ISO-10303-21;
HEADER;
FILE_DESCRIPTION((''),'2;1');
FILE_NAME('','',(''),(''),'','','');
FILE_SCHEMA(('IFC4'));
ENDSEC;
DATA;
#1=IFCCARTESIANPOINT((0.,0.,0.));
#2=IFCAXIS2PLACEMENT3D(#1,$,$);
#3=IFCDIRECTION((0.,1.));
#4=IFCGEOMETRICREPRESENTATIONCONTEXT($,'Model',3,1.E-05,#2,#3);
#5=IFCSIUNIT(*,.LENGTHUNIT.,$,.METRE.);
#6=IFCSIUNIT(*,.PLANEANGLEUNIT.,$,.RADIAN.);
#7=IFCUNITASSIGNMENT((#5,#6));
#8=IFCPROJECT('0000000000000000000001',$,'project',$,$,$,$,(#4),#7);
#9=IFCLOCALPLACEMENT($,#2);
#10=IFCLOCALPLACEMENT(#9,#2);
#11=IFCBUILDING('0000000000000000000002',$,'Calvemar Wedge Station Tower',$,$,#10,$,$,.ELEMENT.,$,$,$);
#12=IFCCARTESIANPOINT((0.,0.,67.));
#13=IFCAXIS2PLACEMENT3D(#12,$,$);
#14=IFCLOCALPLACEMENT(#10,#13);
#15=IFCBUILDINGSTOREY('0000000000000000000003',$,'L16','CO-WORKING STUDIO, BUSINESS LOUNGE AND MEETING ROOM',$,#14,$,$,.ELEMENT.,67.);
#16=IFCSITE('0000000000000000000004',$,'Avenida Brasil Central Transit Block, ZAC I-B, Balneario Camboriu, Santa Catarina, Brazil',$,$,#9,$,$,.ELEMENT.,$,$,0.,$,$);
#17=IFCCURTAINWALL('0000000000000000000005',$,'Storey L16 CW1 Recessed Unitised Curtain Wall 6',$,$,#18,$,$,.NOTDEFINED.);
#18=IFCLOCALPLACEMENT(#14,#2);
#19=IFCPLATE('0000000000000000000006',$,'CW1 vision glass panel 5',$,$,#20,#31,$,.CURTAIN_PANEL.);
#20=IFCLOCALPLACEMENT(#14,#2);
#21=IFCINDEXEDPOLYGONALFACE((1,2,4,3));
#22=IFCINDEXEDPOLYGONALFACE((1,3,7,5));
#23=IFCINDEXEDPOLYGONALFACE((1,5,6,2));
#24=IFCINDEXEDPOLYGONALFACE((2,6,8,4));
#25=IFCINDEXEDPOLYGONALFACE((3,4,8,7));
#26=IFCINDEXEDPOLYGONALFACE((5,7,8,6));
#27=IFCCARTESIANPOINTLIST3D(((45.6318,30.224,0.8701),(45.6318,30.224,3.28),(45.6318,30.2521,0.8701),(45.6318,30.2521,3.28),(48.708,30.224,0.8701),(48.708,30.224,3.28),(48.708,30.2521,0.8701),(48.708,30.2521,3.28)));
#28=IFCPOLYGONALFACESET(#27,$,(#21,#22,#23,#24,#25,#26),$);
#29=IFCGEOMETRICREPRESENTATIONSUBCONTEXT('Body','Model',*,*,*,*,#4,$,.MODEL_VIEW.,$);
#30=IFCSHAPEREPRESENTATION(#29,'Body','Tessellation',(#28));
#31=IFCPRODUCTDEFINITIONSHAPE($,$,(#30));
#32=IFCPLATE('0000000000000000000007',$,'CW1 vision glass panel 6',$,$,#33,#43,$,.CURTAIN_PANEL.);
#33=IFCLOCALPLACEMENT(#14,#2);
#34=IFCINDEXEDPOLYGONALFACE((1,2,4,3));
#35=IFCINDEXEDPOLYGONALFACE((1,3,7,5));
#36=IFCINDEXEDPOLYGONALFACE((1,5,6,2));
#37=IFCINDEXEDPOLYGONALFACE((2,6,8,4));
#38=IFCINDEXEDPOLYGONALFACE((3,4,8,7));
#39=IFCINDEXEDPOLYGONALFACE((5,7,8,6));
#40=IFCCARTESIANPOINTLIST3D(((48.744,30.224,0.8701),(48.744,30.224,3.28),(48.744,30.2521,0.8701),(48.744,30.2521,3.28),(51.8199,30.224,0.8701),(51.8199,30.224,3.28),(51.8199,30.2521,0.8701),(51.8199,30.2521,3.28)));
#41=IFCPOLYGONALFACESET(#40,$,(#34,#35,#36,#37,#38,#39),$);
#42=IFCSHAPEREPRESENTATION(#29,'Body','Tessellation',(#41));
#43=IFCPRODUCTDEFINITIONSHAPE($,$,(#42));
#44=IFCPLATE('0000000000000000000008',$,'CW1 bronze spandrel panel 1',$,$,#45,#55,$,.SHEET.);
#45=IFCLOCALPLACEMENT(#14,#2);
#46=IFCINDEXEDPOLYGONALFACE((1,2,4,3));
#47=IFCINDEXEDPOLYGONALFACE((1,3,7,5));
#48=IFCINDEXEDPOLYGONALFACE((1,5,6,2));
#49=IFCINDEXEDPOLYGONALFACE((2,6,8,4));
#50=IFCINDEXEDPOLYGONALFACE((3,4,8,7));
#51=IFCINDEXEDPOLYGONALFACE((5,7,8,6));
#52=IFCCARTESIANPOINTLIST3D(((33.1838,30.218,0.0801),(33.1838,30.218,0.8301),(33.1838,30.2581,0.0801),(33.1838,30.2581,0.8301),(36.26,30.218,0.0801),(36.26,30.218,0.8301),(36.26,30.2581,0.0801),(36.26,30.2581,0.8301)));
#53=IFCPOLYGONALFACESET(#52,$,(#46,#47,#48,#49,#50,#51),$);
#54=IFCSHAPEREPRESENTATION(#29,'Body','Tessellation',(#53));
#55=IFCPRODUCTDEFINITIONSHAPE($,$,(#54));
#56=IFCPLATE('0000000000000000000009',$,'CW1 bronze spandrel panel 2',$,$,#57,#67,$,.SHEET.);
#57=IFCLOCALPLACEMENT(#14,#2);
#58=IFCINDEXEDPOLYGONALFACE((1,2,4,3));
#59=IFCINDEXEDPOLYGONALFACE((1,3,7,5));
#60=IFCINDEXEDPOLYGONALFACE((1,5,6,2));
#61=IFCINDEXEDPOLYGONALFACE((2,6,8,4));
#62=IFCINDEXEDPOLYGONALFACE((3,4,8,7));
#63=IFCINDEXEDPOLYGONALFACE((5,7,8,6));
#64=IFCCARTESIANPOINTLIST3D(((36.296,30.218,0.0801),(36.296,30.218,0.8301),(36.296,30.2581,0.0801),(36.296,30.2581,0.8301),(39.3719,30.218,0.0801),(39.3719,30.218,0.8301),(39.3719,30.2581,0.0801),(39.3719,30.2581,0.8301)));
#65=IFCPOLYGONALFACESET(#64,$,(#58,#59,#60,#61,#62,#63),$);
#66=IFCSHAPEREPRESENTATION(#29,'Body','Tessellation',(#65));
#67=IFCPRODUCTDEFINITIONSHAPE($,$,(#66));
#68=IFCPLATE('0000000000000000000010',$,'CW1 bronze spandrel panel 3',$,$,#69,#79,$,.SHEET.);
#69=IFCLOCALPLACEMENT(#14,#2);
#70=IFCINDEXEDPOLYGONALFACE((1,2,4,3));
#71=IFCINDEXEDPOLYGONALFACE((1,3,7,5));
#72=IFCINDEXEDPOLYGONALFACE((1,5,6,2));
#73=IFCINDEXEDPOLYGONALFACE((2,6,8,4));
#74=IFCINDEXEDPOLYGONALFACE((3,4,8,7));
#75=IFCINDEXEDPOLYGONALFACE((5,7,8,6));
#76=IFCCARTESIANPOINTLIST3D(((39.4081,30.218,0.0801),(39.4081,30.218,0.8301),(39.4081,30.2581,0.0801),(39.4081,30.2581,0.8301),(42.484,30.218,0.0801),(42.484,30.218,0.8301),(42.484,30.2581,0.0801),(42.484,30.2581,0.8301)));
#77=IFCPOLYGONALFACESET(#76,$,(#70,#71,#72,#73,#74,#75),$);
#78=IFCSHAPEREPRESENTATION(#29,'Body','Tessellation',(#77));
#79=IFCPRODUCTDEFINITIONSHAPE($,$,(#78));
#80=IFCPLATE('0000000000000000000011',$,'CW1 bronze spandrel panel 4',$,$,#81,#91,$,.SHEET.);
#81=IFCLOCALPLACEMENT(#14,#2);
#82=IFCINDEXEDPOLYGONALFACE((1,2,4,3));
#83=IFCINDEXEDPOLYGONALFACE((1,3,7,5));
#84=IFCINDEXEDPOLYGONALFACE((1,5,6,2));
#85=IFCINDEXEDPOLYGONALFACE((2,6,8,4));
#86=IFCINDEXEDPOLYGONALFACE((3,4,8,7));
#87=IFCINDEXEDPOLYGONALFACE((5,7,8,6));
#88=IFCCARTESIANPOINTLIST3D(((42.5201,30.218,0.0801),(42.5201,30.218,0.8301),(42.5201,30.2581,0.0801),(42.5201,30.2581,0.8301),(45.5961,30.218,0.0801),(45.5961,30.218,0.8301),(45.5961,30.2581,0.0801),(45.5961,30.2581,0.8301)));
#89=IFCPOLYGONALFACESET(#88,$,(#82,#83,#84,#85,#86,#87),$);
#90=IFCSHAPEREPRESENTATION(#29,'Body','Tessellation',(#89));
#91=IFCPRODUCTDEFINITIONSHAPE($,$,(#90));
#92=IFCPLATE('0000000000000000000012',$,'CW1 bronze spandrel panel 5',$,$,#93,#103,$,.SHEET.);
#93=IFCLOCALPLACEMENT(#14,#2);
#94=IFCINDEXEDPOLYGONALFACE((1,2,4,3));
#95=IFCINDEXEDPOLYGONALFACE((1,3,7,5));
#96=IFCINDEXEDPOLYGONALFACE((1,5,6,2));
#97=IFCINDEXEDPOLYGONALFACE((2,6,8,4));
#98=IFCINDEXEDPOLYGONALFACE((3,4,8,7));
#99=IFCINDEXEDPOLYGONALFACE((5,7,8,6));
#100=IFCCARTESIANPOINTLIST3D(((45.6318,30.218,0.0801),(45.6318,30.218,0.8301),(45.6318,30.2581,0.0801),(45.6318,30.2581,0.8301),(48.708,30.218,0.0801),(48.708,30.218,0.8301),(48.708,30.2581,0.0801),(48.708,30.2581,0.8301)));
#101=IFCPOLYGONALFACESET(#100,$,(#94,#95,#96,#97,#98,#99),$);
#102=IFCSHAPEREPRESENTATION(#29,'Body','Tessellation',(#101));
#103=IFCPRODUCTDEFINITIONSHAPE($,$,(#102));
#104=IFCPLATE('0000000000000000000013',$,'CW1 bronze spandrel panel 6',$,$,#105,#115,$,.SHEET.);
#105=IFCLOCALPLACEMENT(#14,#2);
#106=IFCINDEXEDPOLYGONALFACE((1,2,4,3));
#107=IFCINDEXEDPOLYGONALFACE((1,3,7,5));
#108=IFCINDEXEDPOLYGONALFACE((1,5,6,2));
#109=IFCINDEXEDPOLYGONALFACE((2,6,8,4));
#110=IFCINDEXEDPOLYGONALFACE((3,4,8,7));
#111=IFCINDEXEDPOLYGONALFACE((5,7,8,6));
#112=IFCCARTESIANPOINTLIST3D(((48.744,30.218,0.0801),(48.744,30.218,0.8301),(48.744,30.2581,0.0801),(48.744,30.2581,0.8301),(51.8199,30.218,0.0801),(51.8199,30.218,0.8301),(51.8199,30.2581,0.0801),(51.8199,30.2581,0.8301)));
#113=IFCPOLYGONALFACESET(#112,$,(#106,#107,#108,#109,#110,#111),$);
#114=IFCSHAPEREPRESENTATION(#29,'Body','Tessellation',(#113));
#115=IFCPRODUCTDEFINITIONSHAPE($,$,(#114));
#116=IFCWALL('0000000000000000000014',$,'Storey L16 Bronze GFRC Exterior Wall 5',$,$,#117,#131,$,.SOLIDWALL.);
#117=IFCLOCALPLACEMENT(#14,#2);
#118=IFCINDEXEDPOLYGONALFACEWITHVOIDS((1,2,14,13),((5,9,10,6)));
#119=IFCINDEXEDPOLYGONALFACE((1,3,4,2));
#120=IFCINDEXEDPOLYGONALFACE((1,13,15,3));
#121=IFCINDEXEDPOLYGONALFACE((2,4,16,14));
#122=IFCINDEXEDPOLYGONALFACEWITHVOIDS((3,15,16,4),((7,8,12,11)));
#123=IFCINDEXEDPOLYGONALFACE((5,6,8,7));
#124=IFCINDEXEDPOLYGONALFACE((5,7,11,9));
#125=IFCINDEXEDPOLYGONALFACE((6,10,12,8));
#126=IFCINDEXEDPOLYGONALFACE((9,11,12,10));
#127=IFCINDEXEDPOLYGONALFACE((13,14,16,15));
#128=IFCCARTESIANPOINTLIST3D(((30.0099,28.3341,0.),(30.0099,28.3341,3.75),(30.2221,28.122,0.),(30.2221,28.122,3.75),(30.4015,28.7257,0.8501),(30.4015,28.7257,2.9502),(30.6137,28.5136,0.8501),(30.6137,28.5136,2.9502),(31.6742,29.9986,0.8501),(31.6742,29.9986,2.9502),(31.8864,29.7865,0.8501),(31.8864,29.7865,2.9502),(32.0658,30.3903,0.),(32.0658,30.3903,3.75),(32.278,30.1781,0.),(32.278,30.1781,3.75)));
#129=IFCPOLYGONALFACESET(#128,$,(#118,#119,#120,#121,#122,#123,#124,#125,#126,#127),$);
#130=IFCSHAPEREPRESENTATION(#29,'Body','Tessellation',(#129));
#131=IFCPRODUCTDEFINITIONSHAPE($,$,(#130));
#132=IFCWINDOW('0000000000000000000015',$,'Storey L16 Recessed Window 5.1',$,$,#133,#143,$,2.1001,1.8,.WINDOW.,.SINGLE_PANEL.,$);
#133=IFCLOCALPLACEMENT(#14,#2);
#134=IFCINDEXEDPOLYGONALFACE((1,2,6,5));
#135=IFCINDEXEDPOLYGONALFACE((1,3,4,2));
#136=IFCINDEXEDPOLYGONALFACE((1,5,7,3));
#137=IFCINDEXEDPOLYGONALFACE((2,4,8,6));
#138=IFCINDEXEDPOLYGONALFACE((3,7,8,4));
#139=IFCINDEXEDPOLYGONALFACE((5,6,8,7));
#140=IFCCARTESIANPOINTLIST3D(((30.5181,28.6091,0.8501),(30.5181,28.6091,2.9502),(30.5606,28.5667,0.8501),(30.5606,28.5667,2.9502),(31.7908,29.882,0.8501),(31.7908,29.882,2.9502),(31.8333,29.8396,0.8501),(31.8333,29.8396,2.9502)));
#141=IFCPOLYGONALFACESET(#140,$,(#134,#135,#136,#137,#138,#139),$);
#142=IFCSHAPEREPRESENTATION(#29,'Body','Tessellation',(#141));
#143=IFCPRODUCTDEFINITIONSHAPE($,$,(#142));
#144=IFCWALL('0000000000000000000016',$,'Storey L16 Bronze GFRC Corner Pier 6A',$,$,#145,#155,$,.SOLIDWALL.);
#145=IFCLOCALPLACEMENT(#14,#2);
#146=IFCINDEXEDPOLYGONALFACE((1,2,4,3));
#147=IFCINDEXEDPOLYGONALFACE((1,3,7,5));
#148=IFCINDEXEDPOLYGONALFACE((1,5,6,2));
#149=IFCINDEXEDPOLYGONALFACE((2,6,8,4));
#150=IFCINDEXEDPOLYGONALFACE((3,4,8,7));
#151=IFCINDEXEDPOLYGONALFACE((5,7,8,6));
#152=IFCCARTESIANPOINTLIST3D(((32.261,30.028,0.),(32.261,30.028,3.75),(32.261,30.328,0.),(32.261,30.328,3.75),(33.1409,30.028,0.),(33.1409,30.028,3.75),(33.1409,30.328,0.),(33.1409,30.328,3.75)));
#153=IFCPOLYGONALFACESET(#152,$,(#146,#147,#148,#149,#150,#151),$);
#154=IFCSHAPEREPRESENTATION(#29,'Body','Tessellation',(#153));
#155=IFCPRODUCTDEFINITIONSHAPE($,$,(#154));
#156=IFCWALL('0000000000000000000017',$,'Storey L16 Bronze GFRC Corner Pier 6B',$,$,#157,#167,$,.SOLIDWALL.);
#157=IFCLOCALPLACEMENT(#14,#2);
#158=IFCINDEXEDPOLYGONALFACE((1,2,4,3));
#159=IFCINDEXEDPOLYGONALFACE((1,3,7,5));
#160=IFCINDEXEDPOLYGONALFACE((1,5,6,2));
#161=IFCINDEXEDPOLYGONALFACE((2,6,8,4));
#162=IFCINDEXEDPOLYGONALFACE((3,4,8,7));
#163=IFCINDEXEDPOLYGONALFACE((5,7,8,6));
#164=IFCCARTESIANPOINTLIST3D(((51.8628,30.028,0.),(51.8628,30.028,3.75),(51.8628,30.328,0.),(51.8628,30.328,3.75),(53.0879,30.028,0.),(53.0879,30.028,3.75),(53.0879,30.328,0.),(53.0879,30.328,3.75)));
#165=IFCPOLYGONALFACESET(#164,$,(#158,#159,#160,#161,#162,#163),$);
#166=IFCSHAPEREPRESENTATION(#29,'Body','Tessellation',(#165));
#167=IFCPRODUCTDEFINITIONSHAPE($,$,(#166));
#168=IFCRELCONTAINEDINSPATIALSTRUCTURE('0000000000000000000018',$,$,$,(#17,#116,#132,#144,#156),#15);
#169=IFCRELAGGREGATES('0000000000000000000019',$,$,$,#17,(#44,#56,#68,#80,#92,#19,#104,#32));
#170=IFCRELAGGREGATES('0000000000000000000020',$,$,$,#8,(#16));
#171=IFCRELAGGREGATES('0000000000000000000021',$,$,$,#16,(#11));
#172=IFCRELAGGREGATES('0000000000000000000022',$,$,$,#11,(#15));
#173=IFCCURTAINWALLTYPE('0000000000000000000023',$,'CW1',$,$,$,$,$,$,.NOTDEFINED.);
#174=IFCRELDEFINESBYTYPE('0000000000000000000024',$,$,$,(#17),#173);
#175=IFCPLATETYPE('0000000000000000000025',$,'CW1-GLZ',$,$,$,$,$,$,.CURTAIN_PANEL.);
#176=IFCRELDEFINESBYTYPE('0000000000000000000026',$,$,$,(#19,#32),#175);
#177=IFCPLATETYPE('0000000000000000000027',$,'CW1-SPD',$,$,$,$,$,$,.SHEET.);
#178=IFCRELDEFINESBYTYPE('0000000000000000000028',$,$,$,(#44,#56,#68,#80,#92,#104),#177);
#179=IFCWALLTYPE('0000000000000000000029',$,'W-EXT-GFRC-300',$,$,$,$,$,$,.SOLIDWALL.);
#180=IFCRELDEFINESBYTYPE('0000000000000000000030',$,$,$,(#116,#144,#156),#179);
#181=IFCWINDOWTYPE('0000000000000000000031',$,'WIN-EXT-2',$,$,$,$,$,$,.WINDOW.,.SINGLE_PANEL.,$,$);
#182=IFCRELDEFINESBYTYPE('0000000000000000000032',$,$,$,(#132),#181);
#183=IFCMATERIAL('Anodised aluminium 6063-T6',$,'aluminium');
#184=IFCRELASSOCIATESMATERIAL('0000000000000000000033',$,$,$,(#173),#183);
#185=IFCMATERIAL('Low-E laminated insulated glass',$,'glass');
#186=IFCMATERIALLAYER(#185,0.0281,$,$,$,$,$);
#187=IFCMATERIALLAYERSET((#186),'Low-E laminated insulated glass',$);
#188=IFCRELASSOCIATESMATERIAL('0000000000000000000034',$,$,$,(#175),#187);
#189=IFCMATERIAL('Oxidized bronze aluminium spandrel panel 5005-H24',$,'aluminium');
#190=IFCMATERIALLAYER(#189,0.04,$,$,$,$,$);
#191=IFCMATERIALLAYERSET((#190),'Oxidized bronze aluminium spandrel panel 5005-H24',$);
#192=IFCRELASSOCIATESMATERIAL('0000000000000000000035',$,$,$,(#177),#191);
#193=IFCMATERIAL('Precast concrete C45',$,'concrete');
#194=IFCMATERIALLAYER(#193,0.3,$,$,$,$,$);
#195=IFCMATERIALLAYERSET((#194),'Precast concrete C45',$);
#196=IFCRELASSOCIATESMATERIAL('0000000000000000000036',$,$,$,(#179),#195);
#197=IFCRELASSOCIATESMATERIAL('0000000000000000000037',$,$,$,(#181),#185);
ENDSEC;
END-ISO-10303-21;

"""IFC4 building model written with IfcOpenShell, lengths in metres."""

from ifc_helpers import new_model, si_unit, direction, frame, frame_2d, origin, place, context, subcontext, project, spatial, rectangle, extrude, source, transform, mapped, material, layer, layer_set, type_object, element, fill, aggregate, save


model = new_model("IFC4")

# Units and contexts
model_context = context("Model", 3, precision=1e-05, world=origin(), true_north=direction((0.0, 1.0)))
body_context = subcontext(model_context, "Body", "Model", "MODEL_VIEW")
ifc_project = project(units=[si_unit("LENGTHUNIT", "METRE"), si_unit("PLANEANGLEUNIT", "RADIAN")], contexts=[model_context])

# Site, building, storey
site_placement = place(None, origin())
site = spatial("IfcSite", under=ifc_project, at=site_placement, Name="Avenida Brasil Central Transit Block, ZAC I-B, Balneario Camboriu, Santa Catarina, Brazil", CompositionType="ELEMENT", RefElevation=0.0)
building_placement = place(site_placement, origin())
building = spatial("IfcBuilding", under=site, at=building_placement, Name="Calvemar Wedge Station Tower", CompositionType="ELEMENT")
storey_placement = place(building_placement, frame((0.0, 0.0, 67.0)))
storey = spatial("IfcBuildingStorey", under=building, at=storey_placement, Name="L16", Description="CO-WORKING STUDIO, BUSINESS LOUNGE AND MEETING ROOM", CompositionType="ELEMENT", Elevation=67.0)

# Curtain wall, plates
ifc_material_1 = material(Name="Anodised aluminium 6063-T6", Category="aluminium")
curtain_wall_type = type_object("IfcCurtainWallType", Name="CW1", PredefinedType="NOTDEFINED", material=ifc_material_1)
curtain_wall_placement = place(storey_placement, origin())
curtain_wall = element("IfcCurtainWall", 1, at=curtain_wall_placement, inside=storey, type_object=curtain_wall_type, Name="Storey L16 CW1 Recessed Unitised Curtain Wall 6", PredefinedType="NOTDEFINED")
ifc_material_2 = material(Name="Low-E laminated insulated glass", Category="glass")
ifc_layer_1 = layer(ifc_material_2, 0.0281)
ifc_layer_set_1 = layer_set([ifc_layer_1], Name="Low-E laminated insulated glass")
plate_type_1 = type_object("IfcPlateType", Name="CW1-GLZ", PredefinedType="CURTAIN_PANEL", material=ifc_layer_set_1)
plate_1_placement = place(storey_placement, frame((45.6318, 30.238, 0.8701), z_axis=(0.0, 0.0, 1.0), x_axis=(1.0, 0.0, 0.0)))
plate_1 = element("IfcPlate", 2, at=plate_1_placement, type_object=plate_type_1, Name="CW1 vision glass panel 5", PredefinedType="CURTAIN_PANEL", context=body_context, shape_type="SweptSolid", body=[
    extrude(rectangle(XDim=3.0762, YDim=0.0281, at=frame_2d((1.5381, 0.0))), origin(), (0.0, 0.0, 1.0), 2.4099),
])
plate_2_placement = place(storey_placement, frame((48.7439, 30.238, 0.8701), z_axis=(0.0, 0.0, 1.0), x_axis=(1.0, 0.0, 0.0)))
plate_2 = element("IfcPlate", 3, at=plate_2_placement, type_object=plate_type_1, Name="CW1 vision glass panel 6", PredefinedType="CURTAIN_PANEL", context=body_context, shape_type="SweptSolid", body=[
    extrude(rectangle(XDim=3.0759, YDim=0.0281, at=frame_2d((1.5381, 0.0))), origin(), (0.0, 0.0, 1.0), 2.4099),
])
ifc_material_3 = material(Name="Oxidized bronze aluminium spandrel panel 5005-H24", Category="aluminium")
ifc_layer_2 = layer(ifc_material_3, 0.04)
ifc_layer_set_2 = layer_set([ifc_layer_2], Name="Oxidized bronze aluminium spandrel panel 5005-H24")
plate_type_2 = type_object("IfcPlateType", Name="CW1-SPD", PredefinedType="SHEET", material=ifc_layer_set_2)
plate_3_placement = place(storey_placement, frame((33.1838, 30.238, 0.0801), z_axis=(0.0, 0.0, 1.0), x_axis=(1.0, 0.0, 0.0)))
plate_3 = element("IfcPlate", 4, at=plate_3_placement, type_object=plate_type_2, Name="CW1 bronze spandrel panel 1", PredefinedType="SHEET", context=body_context, shape_type="SweptSolid", body=[
    extrude(rectangle(XDim=3.0762, YDim=0.04, at=frame_2d((1.5381, 0.0))), origin(), (0.0, 0.0, 1.0), 0.75),
])
plate_4_placement = place(storey_placement, frame((36.2959, 30.238, 0.0801), z_axis=(0.0, 0.0, 1.0), x_axis=(1.0, 0.0, 0.0)))
plate_4 = element("IfcPlate", 5, at=plate_4_placement, type_object=plate_type_2, Name="CW1 bronze spandrel panel 2", PredefinedType="SHEET", context=body_context, shape_type="SweptSolid", body=[
    extrude(rectangle(XDim=3.0759, YDim=0.04, at=frame_2d((1.5381, 0.0))), origin(), (0.0, 0.0, 1.0), 0.75),
])
plate_5_placement = place(storey_placement, frame((39.408, 30.238, 0.0801), z_axis=(0.0, 0.0, 1.0), x_axis=(1.0, 0.0, 0.0)))
plate_5 = element("IfcPlate", 6, at=plate_5_placement, type_object=plate_type_2, Name="CW1 bronze spandrel panel 3", PredefinedType="SHEET", context=body_context, shape_type="SweptSolid", body=[
    extrude(rectangle(XDim=3.0759, YDim=0.04, at=frame_2d((1.5381, 0.0))), origin(), (0.0, 0.0, 1.0), 0.75),
])
plate_6_placement = place(storey_placement, frame((42.52, 30.238, 0.0801), z_axis=(0.0, 0.0, 1.0), x_axis=(1.0, 0.0, 0.0)))
plate_6 = element("IfcPlate", 7, at=plate_6_placement, type_object=plate_type_2, Name="CW1 bronze spandrel panel 4", PredefinedType="SHEET", context=body_context, shape_type="SweptSolid", body=[
    extrude(rectangle(XDim=3.0759, YDim=0.04, at=frame_2d((1.5381, 0.0))), origin(), (0.0, 0.0, 1.0), 0.75),
])
plate_7_placement = place(storey_placement, frame((45.6318, 30.238, 0.0801), z_axis=(0.0, 0.0, 1.0), x_axis=(1.0, 0.0, 0.0)))
plate_7 = element("IfcPlate", 8, at=plate_7_placement, type_object=plate_type_2, Name="CW1 bronze spandrel panel 5", PredefinedType="SHEET", context=body_context, shape_type="SweptSolid", body=[
    extrude(rectangle(XDim=3.0762, YDim=0.04, at=frame_2d((1.5381, 0.0))), origin(), (0.0, 0.0, 1.0), 0.75),
])
plate_8_placement = place(storey_placement, frame((48.7439, 30.238, 0.0801), z_axis=(0.0, 0.0, 1.0), x_axis=(1.0, 0.0, 0.0)))
plate_8 = element("IfcPlate", 9, at=plate_8_placement, type_object=plate_type_2, Name="CW1 bronze spandrel panel 6", PredefinedType="SHEET", context=body_context, shape_type="SweptSolid", body=[
    extrude(rectangle(XDim=3.0759, YDim=0.04, at=frame_2d((1.5381, 0.0))), origin(), (0.0, 0.0, 1.0), 0.75),
])
aggregate(curtain_wall, [plate_3, plate_4, plate_5, plate_6, plate_7, plate_1, plate_8, plate_2])

# Wall, opening, window
ifc_material_4 = material(Name="Precast concrete C45", Category="concrete")
ifc_layer_3 = layer(ifc_material_4, 0.3)
ifc_layer_set_3 = layer_set([ifc_layer_3], Name="Precast concrete C45")
wall_type = type_object("IfcWallType", Name="W-EXT-GFRC-300", PredefinedType="SOLIDWALL", material=ifc_layer_set_3)
wall_1_placement = place(storey_placement, frame((30.116, 28.228, 0.0), z_axis=(0.0, 0.0, 1.0), x_axis=(0.707065, 0.707149, 0.0)))
wall_1 = element("IfcWall", 10, at=wall_1_placement, inside=storey, type_object=wall_type, Name="Storey L16 Bronze GFRC Exterior Wall 5", PredefinedType="SOLIDWALL", context=body_context, shape_type="SweptSolid", body=[
    extrude(rectangle(XDim=2.9077, YDim=0.3, at=frame_2d((1.4539, 0.0))), origin(), (0.0, 0.0, 1.0), 3.75),
])
shared_shape_1 = source(origin(), body_context, "Body", "SweptSolid", [
    extrude(rectangle(XDim=1.8, YDim=2.1001, at=frame_2d((0.8999, 1.05))), frame((0.0, 0.1602, 0.0), z_axis=(0.0, -1.0, 0.0), x_axis=(1.0, 0.0, 0.0)), (0.0, 0.0, 1.0), 0.3201),
])
opening_placement = place(wall_1_placement, frame((0.554, 0.0, 0.8501)))
opening = element("IfcOpeningElement", 11, at=opening_placement, cuts=wall_1, PredefinedType="OPENING", context=body_context, shape_type="MappedRepresentation", body=[
    mapped(shared_shape_1, transform((0.0, 0.0, 0.0), scale=1.0)),
])
window_type = type_object("IfcWindowType", Name="WIN-EXT-2", PartitioningType="SINGLE_PANEL", PredefinedType="WINDOW", material=ifc_material_2)
shared_shape_2 = source(origin(), body_context, "Body", "SweptSolid", [
    extrude(rectangle(XDim=1.8, YDim=2.1001, at=frame_2d((0.8999, 1.05))), frame((0.0, -0.0149, 0.0), z_axis=(0.0, -1.0, 0.0), x_axis=(1.0, 0.0, 0.0)), (0.0, 0.0, 1.0), 0.0601),
])
window_placement = place(opening_placement, origin())
window = element("IfcWindow", 12, at=window_placement, inside=storey, type_object=window_type, Name="Storey L16 Recessed Window 5.1", OverallHeight=2.1001, OverallWidth=1.8, PartitioningType="SINGLE_PANEL", PredefinedType="WINDOW", context=body_context, shape_type="MappedRepresentation", body=[
    mapped(shared_shape_2, transform((0.0, 0.0, 0.0), scale=1.0)),
])
fill(opening, window)

# Walls
wall_2_placement = place(storey_placement, frame((32.261, 30.178, 0.0), z_axis=(0.0, 0.0, 1.0), x_axis=(1.0, 0.0, 0.0)))
element("IfcWall", 13, at=wall_2_placement, inside=storey, type_object=wall_type, Name="Storey L16 Bronze GFRC Corner Pier 6A", PredefinedType="SOLIDWALL", context=body_context, shape_type="SweptSolid", body=[
    extrude(rectangle(XDim=0.8799, YDim=0.3, at=frame_2d((0.4399, 0.0))), origin(), (0.0, 0.0, 1.0), 3.75),
])
wall_3_placement = place(storey_placement, frame((51.8628, 30.178, 0.0), z_axis=(0.0, 0.0, 1.0), x_axis=(1.0, 0.0, 0.0)))
element("IfcWall", 14, at=wall_3_placement, inside=storey, type_object=wall_type, Name="Storey L16 Bronze GFRC Corner Pier 6B", PredefinedType="SOLIDWALL", context=body_context, shape_type="SweptSolid", body=[
    extrude(rectangle(XDim=1.2251, YDim=0.3, at=frame_2d((0.6125, 0.0))), origin(), (0.0, 0.0, 1.0), 3.75),
])

save(model, "model.ifc")
